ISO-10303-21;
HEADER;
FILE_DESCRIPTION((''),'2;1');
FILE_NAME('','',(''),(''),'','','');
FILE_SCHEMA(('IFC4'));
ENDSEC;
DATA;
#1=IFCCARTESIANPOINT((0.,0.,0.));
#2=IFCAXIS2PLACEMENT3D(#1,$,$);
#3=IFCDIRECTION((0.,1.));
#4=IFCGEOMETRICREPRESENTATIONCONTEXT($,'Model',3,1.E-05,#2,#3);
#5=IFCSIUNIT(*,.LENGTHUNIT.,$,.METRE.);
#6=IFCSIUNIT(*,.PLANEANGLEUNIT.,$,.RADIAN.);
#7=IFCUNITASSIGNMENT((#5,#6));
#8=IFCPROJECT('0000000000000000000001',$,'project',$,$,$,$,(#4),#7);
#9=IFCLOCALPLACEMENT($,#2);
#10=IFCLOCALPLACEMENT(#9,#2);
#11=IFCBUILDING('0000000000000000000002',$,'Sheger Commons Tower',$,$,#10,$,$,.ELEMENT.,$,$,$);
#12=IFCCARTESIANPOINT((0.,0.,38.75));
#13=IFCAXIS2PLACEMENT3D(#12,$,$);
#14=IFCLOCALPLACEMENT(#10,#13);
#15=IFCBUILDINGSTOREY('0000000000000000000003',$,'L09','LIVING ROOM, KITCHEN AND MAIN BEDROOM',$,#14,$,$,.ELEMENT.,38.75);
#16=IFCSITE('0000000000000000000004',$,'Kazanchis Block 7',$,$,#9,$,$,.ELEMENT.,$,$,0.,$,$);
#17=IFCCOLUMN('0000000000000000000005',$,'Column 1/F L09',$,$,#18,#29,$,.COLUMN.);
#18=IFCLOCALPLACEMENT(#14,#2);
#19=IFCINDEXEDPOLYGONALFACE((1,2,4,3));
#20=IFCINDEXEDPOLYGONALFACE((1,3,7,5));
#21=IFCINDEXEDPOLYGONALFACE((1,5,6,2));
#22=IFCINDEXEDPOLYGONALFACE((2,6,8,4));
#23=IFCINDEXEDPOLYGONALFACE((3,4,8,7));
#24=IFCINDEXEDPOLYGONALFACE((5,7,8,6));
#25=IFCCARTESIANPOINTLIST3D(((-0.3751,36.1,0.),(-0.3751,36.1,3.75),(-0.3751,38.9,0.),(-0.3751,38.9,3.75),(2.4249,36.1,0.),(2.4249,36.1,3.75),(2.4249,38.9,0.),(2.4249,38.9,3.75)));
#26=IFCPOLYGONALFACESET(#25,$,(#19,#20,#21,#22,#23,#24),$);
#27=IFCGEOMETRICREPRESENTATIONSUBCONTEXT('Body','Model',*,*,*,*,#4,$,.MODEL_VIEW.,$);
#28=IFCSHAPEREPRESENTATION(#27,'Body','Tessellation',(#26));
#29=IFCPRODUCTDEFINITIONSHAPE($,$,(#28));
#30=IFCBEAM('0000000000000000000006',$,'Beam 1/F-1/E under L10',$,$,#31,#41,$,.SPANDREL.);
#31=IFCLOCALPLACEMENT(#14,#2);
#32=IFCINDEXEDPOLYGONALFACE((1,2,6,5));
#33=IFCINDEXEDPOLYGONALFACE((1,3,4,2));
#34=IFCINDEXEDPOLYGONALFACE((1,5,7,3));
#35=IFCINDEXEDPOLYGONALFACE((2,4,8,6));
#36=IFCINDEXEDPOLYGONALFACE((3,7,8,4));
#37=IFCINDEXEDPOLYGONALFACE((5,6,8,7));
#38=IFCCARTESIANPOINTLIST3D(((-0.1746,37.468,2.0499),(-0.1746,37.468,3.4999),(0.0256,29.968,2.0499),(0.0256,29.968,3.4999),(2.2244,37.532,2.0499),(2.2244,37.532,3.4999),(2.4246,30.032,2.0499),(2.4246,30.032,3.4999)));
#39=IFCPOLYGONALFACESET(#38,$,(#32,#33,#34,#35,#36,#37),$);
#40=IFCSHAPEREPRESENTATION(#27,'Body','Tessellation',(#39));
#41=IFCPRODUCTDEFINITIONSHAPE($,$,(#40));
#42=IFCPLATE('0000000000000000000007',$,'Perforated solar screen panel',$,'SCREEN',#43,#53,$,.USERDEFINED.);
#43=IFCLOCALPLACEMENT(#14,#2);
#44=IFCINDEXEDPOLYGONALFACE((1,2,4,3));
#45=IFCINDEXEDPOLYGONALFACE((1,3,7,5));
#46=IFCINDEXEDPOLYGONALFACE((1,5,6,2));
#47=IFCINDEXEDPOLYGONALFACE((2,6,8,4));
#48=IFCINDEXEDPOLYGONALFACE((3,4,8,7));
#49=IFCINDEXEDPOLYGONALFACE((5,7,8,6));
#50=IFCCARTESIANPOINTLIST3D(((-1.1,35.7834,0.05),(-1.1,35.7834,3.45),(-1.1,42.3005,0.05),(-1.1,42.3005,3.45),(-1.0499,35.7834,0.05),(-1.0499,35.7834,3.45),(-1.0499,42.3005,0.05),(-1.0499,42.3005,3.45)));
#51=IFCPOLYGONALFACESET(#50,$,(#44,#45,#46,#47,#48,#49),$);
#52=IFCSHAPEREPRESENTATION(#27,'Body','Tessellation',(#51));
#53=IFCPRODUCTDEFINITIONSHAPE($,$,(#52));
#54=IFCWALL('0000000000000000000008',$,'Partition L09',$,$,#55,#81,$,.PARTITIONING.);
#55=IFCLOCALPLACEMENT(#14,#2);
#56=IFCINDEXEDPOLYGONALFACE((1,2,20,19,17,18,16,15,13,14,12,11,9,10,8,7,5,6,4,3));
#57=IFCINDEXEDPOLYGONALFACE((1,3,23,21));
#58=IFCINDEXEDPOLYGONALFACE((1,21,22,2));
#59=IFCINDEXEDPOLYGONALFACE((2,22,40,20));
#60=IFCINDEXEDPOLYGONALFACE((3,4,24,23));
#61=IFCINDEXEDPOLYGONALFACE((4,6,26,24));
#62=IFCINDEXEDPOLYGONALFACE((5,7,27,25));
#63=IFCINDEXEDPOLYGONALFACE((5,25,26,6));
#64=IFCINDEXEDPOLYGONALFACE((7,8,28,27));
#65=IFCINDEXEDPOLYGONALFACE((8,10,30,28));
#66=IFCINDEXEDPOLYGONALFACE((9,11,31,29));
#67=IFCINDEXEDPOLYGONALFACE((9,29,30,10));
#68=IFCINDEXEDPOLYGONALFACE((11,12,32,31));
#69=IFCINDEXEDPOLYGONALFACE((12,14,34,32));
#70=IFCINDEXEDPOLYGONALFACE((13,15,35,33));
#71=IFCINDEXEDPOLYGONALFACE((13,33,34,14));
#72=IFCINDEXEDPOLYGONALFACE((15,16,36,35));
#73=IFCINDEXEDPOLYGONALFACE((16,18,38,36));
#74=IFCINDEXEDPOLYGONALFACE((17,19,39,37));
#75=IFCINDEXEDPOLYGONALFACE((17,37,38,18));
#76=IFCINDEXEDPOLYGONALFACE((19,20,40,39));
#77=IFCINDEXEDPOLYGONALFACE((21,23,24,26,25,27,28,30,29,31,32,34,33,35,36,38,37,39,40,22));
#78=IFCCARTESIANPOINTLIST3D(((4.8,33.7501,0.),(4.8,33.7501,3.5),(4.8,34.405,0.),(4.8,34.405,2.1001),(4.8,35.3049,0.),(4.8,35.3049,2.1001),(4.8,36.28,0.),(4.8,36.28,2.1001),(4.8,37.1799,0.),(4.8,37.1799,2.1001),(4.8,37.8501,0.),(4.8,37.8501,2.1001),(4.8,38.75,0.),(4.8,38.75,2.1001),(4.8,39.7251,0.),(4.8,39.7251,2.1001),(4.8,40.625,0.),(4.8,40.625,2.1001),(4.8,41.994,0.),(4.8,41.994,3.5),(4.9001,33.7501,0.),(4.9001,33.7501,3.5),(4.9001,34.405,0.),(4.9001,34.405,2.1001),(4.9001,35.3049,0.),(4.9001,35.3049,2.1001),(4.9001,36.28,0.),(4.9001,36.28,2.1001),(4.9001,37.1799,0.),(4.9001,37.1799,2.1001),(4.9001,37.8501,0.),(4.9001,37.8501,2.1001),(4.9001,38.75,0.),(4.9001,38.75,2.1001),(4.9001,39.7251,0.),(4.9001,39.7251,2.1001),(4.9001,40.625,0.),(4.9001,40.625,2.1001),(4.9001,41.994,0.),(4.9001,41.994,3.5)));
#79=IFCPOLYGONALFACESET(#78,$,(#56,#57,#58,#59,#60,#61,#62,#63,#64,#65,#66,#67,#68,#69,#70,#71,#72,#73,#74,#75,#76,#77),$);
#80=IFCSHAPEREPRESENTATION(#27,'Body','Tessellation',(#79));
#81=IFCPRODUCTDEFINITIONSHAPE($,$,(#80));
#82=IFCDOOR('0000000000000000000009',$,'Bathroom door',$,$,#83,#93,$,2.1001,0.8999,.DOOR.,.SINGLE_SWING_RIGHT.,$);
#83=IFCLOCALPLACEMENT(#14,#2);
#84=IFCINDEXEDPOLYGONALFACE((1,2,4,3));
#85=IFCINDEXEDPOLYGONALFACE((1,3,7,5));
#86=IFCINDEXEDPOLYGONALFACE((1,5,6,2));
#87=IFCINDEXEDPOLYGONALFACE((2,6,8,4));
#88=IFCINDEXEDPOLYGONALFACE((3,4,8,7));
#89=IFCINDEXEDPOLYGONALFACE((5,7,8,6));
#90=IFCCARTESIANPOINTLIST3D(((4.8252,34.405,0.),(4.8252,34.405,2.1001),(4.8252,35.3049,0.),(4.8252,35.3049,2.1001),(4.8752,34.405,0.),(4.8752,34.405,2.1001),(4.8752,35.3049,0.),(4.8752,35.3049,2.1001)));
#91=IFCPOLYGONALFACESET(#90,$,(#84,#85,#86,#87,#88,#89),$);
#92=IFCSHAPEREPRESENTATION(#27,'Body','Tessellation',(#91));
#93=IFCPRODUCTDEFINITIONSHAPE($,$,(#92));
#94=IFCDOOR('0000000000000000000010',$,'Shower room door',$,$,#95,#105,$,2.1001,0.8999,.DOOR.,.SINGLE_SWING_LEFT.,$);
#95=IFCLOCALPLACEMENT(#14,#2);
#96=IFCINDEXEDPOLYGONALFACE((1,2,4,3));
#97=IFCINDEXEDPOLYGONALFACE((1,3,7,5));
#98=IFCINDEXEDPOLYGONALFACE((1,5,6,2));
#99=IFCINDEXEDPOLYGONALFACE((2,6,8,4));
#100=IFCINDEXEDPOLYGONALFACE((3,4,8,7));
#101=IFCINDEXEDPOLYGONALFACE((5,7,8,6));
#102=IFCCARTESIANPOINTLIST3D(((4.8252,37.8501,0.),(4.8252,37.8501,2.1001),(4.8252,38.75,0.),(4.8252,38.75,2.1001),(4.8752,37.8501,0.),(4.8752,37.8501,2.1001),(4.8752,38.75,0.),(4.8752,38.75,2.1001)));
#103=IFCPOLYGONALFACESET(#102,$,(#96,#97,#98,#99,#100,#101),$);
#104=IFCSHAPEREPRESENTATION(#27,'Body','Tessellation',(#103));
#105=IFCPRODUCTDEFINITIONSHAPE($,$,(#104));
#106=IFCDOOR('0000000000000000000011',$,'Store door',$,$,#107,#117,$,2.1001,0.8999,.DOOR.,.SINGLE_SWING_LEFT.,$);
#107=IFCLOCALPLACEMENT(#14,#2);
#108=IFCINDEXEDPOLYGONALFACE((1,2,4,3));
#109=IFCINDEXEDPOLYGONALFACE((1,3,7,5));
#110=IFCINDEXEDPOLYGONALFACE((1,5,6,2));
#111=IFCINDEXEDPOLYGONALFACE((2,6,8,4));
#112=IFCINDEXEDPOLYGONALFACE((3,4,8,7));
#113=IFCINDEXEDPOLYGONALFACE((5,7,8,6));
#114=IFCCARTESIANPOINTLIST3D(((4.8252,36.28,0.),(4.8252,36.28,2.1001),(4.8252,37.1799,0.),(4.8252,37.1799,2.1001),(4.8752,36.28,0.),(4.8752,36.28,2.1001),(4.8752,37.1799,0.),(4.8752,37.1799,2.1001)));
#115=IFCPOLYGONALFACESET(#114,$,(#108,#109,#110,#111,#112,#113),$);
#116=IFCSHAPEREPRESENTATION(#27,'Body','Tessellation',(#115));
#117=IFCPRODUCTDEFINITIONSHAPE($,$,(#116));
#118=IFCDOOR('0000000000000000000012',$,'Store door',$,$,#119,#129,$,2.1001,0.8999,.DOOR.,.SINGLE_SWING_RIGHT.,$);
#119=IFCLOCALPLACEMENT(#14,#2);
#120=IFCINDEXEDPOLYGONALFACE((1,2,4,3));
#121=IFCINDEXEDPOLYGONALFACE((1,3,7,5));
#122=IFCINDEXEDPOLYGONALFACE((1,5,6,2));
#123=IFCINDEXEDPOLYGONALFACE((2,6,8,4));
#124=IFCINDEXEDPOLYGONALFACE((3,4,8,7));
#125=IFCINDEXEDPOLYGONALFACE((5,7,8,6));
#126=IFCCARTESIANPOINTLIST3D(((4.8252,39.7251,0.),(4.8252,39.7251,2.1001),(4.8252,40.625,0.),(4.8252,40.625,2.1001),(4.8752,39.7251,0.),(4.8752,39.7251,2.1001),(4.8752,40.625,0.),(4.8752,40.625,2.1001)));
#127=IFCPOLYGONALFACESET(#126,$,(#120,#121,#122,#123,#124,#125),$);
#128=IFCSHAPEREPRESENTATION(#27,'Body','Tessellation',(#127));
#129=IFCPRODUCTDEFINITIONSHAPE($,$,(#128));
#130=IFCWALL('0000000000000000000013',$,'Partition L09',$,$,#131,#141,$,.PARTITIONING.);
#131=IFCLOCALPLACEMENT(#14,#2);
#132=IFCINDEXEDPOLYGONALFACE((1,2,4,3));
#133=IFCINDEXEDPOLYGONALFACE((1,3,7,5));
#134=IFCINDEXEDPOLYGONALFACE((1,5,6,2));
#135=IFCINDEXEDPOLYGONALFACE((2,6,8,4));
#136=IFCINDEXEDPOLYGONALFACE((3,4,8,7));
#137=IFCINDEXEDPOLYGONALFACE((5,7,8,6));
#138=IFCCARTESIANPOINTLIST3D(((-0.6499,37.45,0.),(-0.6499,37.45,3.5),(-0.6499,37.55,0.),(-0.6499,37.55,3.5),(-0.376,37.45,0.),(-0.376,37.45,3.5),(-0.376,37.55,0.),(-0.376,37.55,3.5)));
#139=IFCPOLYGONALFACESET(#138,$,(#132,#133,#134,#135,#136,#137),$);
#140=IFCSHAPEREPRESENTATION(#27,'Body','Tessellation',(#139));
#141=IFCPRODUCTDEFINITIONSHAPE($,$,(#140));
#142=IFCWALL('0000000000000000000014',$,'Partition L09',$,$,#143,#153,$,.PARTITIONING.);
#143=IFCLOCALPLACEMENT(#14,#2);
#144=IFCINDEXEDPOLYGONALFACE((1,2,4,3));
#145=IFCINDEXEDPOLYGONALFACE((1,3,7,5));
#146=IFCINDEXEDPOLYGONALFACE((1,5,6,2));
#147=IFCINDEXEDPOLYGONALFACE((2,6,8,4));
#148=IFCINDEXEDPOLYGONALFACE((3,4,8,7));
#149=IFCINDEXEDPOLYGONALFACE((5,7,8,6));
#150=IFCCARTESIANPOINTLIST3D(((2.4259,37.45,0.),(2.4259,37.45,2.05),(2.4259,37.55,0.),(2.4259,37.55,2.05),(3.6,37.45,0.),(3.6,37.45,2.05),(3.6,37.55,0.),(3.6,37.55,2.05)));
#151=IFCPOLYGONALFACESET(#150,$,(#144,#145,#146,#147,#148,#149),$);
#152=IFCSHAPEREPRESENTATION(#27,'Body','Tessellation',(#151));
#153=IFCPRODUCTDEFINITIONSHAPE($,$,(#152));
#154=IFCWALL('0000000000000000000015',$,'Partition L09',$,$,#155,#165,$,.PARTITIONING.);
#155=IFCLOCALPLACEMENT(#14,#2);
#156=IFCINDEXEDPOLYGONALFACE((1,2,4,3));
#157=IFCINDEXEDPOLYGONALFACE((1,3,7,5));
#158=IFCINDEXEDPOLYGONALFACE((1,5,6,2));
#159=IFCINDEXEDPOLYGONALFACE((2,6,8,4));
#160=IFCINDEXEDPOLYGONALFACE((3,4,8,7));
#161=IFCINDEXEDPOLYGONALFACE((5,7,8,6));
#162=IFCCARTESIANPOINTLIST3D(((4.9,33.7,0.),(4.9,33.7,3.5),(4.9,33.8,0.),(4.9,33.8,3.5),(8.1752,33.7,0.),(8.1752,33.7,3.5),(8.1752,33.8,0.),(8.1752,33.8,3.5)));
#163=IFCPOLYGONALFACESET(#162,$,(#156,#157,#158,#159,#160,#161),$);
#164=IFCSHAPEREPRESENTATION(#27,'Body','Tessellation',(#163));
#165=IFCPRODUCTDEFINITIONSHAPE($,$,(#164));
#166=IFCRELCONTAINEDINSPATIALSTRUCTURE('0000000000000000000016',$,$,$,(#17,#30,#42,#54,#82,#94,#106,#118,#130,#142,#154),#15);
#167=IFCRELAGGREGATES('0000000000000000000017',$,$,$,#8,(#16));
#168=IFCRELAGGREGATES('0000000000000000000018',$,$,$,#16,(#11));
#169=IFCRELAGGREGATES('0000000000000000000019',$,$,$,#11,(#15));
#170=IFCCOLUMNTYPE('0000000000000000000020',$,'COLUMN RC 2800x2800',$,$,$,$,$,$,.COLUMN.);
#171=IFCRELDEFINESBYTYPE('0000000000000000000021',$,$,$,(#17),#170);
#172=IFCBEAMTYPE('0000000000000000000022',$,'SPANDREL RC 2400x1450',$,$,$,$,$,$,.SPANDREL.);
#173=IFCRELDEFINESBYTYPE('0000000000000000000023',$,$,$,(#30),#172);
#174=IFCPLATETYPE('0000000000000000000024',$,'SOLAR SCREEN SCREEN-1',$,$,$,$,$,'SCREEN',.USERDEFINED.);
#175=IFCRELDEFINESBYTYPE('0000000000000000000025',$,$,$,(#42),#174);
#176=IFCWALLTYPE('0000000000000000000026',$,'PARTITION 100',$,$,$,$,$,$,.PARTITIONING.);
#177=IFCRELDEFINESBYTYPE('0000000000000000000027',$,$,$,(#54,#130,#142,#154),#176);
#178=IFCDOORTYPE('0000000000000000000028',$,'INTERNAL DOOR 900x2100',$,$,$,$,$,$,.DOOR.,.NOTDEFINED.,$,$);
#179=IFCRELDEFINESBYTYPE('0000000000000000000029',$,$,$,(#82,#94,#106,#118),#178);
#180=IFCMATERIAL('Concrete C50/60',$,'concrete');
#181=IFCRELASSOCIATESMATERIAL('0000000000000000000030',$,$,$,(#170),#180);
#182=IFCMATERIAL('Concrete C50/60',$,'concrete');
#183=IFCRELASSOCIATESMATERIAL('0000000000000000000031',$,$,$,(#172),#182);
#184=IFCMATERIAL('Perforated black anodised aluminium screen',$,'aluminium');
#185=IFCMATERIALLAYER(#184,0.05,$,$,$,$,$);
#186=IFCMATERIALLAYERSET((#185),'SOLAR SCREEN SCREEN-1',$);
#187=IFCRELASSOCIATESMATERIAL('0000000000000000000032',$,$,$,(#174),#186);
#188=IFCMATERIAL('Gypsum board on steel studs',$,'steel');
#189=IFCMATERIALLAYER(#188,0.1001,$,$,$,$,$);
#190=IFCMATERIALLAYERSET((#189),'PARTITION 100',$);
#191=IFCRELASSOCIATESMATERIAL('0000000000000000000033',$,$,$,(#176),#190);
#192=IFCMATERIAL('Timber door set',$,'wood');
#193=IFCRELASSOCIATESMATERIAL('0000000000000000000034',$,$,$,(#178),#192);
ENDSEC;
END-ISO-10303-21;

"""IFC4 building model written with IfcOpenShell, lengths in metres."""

from ifc_helpers import new_model, si_unit, direction, frame, frame_2d, origin, origin_2d, place, context, subcontext, project, spatial, rectangle, extrude, material, layer, layer_set, material_profile, profile_set, type_object, element, fill, save


model = new_model("IFC4")

# Units and contexts
model_context = context("Model", 3, precision=1e-05, world=origin(), true_north=direction((0.0, 1.0)))
body_context = subcontext(model_context, "Body", "Model", "MODEL_VIEW")
ifc_project = project(units=[si_unit("LENGTHUNIT", "METRE"), si_unit("PLANEANGLEUNIT", "RADIAN")], contexts=[model_context])

# Site, building, storey
site_placement = place(None, origin())
site = spatial("IfcSite", under=ifc_project, at=site_placement, Name="Kazanchis Block 7", CompositionType="ELEMENT", RefElevation=0.0)
building_placement = place(site_placement, origin())
building = spatial("IfcBuilding", under=site, at=building_placement, Name="Sheger Commons Tower", CompositionType="ELEMENT")
storey_placement = place(building_placement, frame((0.0, 0.0, 38.75)))
storey = spatial("IfcBuildingStorey", under=building, at=storey_placement, Name="L09", Description="LIVING ROOM, KITCHEN AND MAIN BEDROOM", CompositionType="ELEMENT", Elevation=38.75)

# Column
ifc_material_1 = material(Name="Concrete C50/60", Category="concrete")
ifc_material_profile_1 = material_profile(ifc_material_1, rectangle(XDim=2.8, YDim=2.8, at=origin_2d()), Name="RC 2800x2800")
ifc_profile_set_1 = profile_set([ifc_material_profile_1], Name="Concrete C50/60")
column_type = type_object("IfcColumnType", Name="COLUMN RC 2800x2800", PredefinedType="COLUMN", material=ifc_profile_set_1)
column_placement = place(storey_placement, frame((1.0249, 37.5, 0.0), z_axis=(0.0, 0.0, 1.0), x_axis=(1.0, 0.0, 0.0)))
element("IfcColumn", 1, at=column_placement, inside=storey, type_object=column_type, Name="Column 1/F L09", PredefinedType="COLUMN", context=body_context, shape_type="SweptSolid", body=[
    extrude(rectangle(XDim=2.8, YDim=2.8, at=origin_2d()), origin(), (0.0, 0.0, 1.0), 3.75),
])

# Beam
ifc_material_2 = material(Name="Concrete C50/60", Category="concrete")
ifc_material_profile_2 = material_profile(ifc_material_2, rectangle(XDim=2.3999, YDim=1.45, at=origin_2d()), Name="RC 2400x1450")
ifc_profile_set_2 = profile_set([ifc_material_profile_2], Name="Concrete C50/60")
beam_type = type_object("IfcBeamType", Name="SPANDREL RC 2400x1450", PredefinedType="SPANDREL", material=ifc_profile_set_2)
beam_placement = place(storey_placement, frame((1.0249, 37.5, 2.7749), z_axis=(0.026683, -0.999644, 0.0), x_axis=(0.999644, 0.026683, 0.0)))
element("IfcBeam", 2, at=beam_placement, inside=storey, type_object=beam_type, Name="Beam 1/F-1/E under L10", PredefinedType="SPANDREL", context=body_context, shape_type="SweptSolid", body=[
    extrude(rectangle(XDim=2.3999, YDim=1.45, at=origin_2d()), origin(), (0.0, 0.0, 1.0), 7.5027),
])

# Plate
ifc_material_3 = material(Name="Perforated black anodised aluminium screen", Category="aluminium")
ifc_layer_1 = layer(ifc_material_3, 0.05)
ifc_layer_set_1 = layer_set([ifc_layer_1], Name="SOLAR SCREEN SCREEN-1")
plate_type = type_object("IfcPlateType", Name="SOLAR SCREEN SCREEN-1", ElementType="SCREEN", PredefinedType="USERDEFINED", material=ifc_layer_set_1)
plate_placement = place(storey_placement, frame((-1.075, 39.042, 0.05), z_axis=(0.0, 0.0, 1.0), x_axis=(0.0, -1.0, 0.0)))
element("IfcPlate", 3, at=plate_placement, inside=storey, type_object=plate_type, Name="Perforated solar screen panel", ObjectType="SCREEN", PredefinedType="USERDEFINED", context=body_context, shape_type="SweptSolid", body=[
    extrude(rectangle(XDim=6.5171, YDim=0.05, at=origin_2d()), origin(), (0.0, 0.0, 1.0), 3.3999),
])

# Wall, openings, doors
ifc_material_4 = material(Name="Gypsum board on steel studs", Category="steel")
ifc_layer_2 = layer(ifc_material_4, 0.1001)
ifc_layer_set_2 = layer_set([ifc_layer_2], Name="PARTITION 100")
wall_type = type_object("IfcWallType", Name="PARTITION 100", PredefinedType="PARTITIONING", material=ifc_layer_set_2)
wall_1_placement = place(storey_placement, frame((4.8501, 33.75, 0.0), z_axis=(0.0, 0.0, 1.0), x_axis=(0.0, 1.0, 0.0)))
wall_1 = element("IfcWall", 4, at=wall_1_placement, inside=storey, type_object=wall_type, Name="Partition L09", PredefinedType="PARTITIONING", context=body_context, shape_type="SweptSolid", body=[
    extrude(rectangle(XDim=8.2439, YDim=0.1001, at=frame_2d((4.1221, 0.0))), origin(), (0.0, 0.0, 1.0), 3.5),
])
opening_1_placement = place(wall_1_placement, frame((0.655, 0.0, 0.0)))
opening_1 = element("IfcOpeningElement", 5, at=opening_1_placement, cuts=wall_1, PredefinedType="OPENING", context=body_context, shape_type="SweptSolid", body=[
    extrude(rectangle(XDim=0.8999, YDim=2.1001, at=frame_2d((0.45, 1.05))), frame((0.0, 0.0601, 0.0), z_axis=(0.0, -1.0, 0.0), x_axis=(1.0, 0.0, 0.0)), (0.0, 0.0, 1.0), 0.1201),
])
opening_2_placement = place(wall_1_placement, frame((4.1001, 0.0, 0.0)))
opening_2 = element("IfcOpeningElement", 6, at=opening_2_placement, cuts=wall_1, PredefinedType="OPENING", context=body_context, shape_type="SweptSolid", body=[
    extrude(rectangle(XDim=0.8999, YDim=2.1001, at=frame_2d((0.45, 1.05))), frame((0.0, 0.0601, 0.0), z_axis=(0.0, -1.0, 0.0), x_axis=(1.0, 0.0, 0.0)), (0.0, 0.0, 1.0), 0.1201),
])
opening_3_placement = place(wall_1_placement, frame((2.53, 0.0, 0.0)))
opening_3 = element("IfcOpeningElement", 7, at=opening_3_placement, cuts=wall_1, PredefinedType="OPENING", context=body_context, shape_type="SweptSolid", body=[
    extrude(rectangle(XDim=0.8999, YDim=2.1001, at=frame_2d((0.45, 1.05))), frame((0.0, 0.0601, 0.0), z_axis=(0.0, -1.0, 0.0), x_axis=(1.0, 0.0, 0.0)), (0.0, 0.0, 1.0), 0.1201),
])
opening_4_placement = place(wall_1_placement, frame((5.9751, 0.0, 0.0)))
opening_4 = element("IfcOpeningElement", 8, at=opening_4_placement, cuts=wall_1, PredefinedType="OPENING", context=body_context, shape_type="SweptSolid", body=[
    extrude(rectangle(XDim=0.8999, YDim=2.1001, at=frame_2d((0.45, 1.05))), frame((0.0, 0.0601, 0.0), z_axis=(0.0, -1.0, 0.0), x_axis=(1.0, 0.0, 0.0)), (0.0, 0.0, 1.0), 0.1201),
])
ifc_material_5 = material(Name="Timber door set", Category="wood")
door_type = type_object("IfcDoorType", Name="INTERNAL DOOR 900x2100", OperationType="NOTDEFINED", PredefinedType="DOOR", material=ifc_material_5)
door_1_placement = place(opening_1_placement, origin())
door_1 = element("IfcDoor", 9, at=door_1_placement, inside=storey, type_object=door_type, Name="Bathroom door", OperationType="SINGLE_SWING_RIGHT", OverallHeight=2.1001, OverallWidth=0.8999, PredefinedType="DOOR", context=body_context, shape_type="SweptSolid", body=[
    extrude(rectangle(XDim=0.8999, YDim=2.1001, at=frame_2d((0.45, 1.05))), frame((0.0, 0.0249, 0.0), z_axis=(0.0, -1.0, 0.0), x_axis=(1.0, 0.0, 0.0)), (0.0, 0.0, 1.0), 0.05),
])
fill(opening_1, door_1)
door_2_placement = place(opening_2_placement, origin())
door_2 = element("IfcDoor", 10, at=door_2_placement, inside=storey, type_object=door_type, Name="Shower room door", OperationType="SINGLE_SWING_LEFT", OverallHeight=2.1001, OverallWidth=0.8999, PredefinedType="DOOR", context=body_context, shape_type="SweptSolid", body=[
    extrude(rectangle(XDim=0.8999, YDim=2.1001, at=frame_2d((0.45, 1.05))), frame((0.0, 0.0249, 0.0), z_axis=(0.0, -1.0, 0.0), x_axis=(1.0, 0.0, 0.0)), (0.0, 0.0, 1.0), 0.05),
])
fill(opening_2, door_2)
door_3_placement = place(opening_3_placement, origin())
door_3 = element("IfcDoor", 11, at=door_3_placement, inside=storey, type_object=door_type, Name="Store door", OperationType="SINGLE_SWING_LEFT", OverallHeight=2.1001, OverallWidth=0.8999, PredefinedType="DOOR", context=body_context, shape_type="SweptSolid", body=[
    extrude(rectangle(XDim=0.8999, YDim=2.1001, at=frame_2d((0.45, 1.05))), frame((0.0, 0.0249, 0.0), z_axis=(0.0, -1.0, 0.0), x_axis=(1.0, 0.0, 0.0)), (0.0, 0.0, 1.0), 0.05),
])
fill(opening_3, door_3)
door_4_placement = place(opening_4_placement, origin())
door_4 = element("IfcDoor", 12, at=door_4_placement, inside=storey, type_object=door_type, Name="Store door", OperationType="SINGLE_SWING_RIGHT", OverallHeight=2.1001, OverallWidth=0.8999, PredefinedType="DOOR", context=body_context, shape_type="SweptSolid", body=[
    extrude(rectangle(XDim=0.8999, YDim=2.1001, at=frame_2d((0.45, 1.05))), frame((0.0, 0.0249, 0.0), z_axis=(0.0, -1.0, 0.0), x_axis=(1.0, 0.0, 0.0)), (0.0, 0.0, 1.0), 0.05),
])
fill(opening_4, door_4)

# Walls
wall_2_placement = place(storey_placement, frame((-0.6499, 37.5, 0.0), z_axis=(0.0, 0.0, 1.0), x_axis=(1.0, 0.0, 0.0)))
element("IfcWall", 13, at=wall_2_placement, inside=storey, type_object=wall_type, Name="Partition L09", PredefinedType="PARTITIONING", context=body_context, shape_type="SweptSolid", body=[
    extrude(rectangle(XDim=0.2739, YDim=0.1001, at=frame_2d((0.137, 0.0))), origin(), (0.0, 0.0, 1.0), 3.5),
])
wall_3_placement = place(storey_placement, frame((2.426, 37.5, 0.0), z_axis=(0.0, 0.0, 1.0), x_axis=(1.0, 0.0, 0.0)))
element("IfcWall", 14, at=wall_3_placement, inside=storey, type_object=wall_type, Name="Partition L09", PredefinedType="PARTITIONING", context=body_context, shape_type="SweptSolid", body=[
    extrude(rectangle(XDim=1.1741, YDim=0.1001, at=frame_2d((0.5869, 0.0))), origin(), (0.0, 0.0, 1.0), 2.05),
])
wall_4_placement = place(storey_placement, frame((4.8999, 33.75, 0.0), z_axis=(0.0, 0.0, 1.0), x_axis=(1.0, 0.0, 0.0)))
element("IfcWall", 15, at=wall_4_placement, inside=storey, type_object=wall_type, Name="Partition L09", PredefinedType="PARTITIONING", context=body_context, shape_type="SweptSolid", body=[
    extrude(rectangle(XDim=3.2751, YDim=0.1001, at=frame_2d((1.6377, 0.0))), origin(), (0.0, 0.0, 1.0), 3.5),
])

save(model, "model.ifc")
